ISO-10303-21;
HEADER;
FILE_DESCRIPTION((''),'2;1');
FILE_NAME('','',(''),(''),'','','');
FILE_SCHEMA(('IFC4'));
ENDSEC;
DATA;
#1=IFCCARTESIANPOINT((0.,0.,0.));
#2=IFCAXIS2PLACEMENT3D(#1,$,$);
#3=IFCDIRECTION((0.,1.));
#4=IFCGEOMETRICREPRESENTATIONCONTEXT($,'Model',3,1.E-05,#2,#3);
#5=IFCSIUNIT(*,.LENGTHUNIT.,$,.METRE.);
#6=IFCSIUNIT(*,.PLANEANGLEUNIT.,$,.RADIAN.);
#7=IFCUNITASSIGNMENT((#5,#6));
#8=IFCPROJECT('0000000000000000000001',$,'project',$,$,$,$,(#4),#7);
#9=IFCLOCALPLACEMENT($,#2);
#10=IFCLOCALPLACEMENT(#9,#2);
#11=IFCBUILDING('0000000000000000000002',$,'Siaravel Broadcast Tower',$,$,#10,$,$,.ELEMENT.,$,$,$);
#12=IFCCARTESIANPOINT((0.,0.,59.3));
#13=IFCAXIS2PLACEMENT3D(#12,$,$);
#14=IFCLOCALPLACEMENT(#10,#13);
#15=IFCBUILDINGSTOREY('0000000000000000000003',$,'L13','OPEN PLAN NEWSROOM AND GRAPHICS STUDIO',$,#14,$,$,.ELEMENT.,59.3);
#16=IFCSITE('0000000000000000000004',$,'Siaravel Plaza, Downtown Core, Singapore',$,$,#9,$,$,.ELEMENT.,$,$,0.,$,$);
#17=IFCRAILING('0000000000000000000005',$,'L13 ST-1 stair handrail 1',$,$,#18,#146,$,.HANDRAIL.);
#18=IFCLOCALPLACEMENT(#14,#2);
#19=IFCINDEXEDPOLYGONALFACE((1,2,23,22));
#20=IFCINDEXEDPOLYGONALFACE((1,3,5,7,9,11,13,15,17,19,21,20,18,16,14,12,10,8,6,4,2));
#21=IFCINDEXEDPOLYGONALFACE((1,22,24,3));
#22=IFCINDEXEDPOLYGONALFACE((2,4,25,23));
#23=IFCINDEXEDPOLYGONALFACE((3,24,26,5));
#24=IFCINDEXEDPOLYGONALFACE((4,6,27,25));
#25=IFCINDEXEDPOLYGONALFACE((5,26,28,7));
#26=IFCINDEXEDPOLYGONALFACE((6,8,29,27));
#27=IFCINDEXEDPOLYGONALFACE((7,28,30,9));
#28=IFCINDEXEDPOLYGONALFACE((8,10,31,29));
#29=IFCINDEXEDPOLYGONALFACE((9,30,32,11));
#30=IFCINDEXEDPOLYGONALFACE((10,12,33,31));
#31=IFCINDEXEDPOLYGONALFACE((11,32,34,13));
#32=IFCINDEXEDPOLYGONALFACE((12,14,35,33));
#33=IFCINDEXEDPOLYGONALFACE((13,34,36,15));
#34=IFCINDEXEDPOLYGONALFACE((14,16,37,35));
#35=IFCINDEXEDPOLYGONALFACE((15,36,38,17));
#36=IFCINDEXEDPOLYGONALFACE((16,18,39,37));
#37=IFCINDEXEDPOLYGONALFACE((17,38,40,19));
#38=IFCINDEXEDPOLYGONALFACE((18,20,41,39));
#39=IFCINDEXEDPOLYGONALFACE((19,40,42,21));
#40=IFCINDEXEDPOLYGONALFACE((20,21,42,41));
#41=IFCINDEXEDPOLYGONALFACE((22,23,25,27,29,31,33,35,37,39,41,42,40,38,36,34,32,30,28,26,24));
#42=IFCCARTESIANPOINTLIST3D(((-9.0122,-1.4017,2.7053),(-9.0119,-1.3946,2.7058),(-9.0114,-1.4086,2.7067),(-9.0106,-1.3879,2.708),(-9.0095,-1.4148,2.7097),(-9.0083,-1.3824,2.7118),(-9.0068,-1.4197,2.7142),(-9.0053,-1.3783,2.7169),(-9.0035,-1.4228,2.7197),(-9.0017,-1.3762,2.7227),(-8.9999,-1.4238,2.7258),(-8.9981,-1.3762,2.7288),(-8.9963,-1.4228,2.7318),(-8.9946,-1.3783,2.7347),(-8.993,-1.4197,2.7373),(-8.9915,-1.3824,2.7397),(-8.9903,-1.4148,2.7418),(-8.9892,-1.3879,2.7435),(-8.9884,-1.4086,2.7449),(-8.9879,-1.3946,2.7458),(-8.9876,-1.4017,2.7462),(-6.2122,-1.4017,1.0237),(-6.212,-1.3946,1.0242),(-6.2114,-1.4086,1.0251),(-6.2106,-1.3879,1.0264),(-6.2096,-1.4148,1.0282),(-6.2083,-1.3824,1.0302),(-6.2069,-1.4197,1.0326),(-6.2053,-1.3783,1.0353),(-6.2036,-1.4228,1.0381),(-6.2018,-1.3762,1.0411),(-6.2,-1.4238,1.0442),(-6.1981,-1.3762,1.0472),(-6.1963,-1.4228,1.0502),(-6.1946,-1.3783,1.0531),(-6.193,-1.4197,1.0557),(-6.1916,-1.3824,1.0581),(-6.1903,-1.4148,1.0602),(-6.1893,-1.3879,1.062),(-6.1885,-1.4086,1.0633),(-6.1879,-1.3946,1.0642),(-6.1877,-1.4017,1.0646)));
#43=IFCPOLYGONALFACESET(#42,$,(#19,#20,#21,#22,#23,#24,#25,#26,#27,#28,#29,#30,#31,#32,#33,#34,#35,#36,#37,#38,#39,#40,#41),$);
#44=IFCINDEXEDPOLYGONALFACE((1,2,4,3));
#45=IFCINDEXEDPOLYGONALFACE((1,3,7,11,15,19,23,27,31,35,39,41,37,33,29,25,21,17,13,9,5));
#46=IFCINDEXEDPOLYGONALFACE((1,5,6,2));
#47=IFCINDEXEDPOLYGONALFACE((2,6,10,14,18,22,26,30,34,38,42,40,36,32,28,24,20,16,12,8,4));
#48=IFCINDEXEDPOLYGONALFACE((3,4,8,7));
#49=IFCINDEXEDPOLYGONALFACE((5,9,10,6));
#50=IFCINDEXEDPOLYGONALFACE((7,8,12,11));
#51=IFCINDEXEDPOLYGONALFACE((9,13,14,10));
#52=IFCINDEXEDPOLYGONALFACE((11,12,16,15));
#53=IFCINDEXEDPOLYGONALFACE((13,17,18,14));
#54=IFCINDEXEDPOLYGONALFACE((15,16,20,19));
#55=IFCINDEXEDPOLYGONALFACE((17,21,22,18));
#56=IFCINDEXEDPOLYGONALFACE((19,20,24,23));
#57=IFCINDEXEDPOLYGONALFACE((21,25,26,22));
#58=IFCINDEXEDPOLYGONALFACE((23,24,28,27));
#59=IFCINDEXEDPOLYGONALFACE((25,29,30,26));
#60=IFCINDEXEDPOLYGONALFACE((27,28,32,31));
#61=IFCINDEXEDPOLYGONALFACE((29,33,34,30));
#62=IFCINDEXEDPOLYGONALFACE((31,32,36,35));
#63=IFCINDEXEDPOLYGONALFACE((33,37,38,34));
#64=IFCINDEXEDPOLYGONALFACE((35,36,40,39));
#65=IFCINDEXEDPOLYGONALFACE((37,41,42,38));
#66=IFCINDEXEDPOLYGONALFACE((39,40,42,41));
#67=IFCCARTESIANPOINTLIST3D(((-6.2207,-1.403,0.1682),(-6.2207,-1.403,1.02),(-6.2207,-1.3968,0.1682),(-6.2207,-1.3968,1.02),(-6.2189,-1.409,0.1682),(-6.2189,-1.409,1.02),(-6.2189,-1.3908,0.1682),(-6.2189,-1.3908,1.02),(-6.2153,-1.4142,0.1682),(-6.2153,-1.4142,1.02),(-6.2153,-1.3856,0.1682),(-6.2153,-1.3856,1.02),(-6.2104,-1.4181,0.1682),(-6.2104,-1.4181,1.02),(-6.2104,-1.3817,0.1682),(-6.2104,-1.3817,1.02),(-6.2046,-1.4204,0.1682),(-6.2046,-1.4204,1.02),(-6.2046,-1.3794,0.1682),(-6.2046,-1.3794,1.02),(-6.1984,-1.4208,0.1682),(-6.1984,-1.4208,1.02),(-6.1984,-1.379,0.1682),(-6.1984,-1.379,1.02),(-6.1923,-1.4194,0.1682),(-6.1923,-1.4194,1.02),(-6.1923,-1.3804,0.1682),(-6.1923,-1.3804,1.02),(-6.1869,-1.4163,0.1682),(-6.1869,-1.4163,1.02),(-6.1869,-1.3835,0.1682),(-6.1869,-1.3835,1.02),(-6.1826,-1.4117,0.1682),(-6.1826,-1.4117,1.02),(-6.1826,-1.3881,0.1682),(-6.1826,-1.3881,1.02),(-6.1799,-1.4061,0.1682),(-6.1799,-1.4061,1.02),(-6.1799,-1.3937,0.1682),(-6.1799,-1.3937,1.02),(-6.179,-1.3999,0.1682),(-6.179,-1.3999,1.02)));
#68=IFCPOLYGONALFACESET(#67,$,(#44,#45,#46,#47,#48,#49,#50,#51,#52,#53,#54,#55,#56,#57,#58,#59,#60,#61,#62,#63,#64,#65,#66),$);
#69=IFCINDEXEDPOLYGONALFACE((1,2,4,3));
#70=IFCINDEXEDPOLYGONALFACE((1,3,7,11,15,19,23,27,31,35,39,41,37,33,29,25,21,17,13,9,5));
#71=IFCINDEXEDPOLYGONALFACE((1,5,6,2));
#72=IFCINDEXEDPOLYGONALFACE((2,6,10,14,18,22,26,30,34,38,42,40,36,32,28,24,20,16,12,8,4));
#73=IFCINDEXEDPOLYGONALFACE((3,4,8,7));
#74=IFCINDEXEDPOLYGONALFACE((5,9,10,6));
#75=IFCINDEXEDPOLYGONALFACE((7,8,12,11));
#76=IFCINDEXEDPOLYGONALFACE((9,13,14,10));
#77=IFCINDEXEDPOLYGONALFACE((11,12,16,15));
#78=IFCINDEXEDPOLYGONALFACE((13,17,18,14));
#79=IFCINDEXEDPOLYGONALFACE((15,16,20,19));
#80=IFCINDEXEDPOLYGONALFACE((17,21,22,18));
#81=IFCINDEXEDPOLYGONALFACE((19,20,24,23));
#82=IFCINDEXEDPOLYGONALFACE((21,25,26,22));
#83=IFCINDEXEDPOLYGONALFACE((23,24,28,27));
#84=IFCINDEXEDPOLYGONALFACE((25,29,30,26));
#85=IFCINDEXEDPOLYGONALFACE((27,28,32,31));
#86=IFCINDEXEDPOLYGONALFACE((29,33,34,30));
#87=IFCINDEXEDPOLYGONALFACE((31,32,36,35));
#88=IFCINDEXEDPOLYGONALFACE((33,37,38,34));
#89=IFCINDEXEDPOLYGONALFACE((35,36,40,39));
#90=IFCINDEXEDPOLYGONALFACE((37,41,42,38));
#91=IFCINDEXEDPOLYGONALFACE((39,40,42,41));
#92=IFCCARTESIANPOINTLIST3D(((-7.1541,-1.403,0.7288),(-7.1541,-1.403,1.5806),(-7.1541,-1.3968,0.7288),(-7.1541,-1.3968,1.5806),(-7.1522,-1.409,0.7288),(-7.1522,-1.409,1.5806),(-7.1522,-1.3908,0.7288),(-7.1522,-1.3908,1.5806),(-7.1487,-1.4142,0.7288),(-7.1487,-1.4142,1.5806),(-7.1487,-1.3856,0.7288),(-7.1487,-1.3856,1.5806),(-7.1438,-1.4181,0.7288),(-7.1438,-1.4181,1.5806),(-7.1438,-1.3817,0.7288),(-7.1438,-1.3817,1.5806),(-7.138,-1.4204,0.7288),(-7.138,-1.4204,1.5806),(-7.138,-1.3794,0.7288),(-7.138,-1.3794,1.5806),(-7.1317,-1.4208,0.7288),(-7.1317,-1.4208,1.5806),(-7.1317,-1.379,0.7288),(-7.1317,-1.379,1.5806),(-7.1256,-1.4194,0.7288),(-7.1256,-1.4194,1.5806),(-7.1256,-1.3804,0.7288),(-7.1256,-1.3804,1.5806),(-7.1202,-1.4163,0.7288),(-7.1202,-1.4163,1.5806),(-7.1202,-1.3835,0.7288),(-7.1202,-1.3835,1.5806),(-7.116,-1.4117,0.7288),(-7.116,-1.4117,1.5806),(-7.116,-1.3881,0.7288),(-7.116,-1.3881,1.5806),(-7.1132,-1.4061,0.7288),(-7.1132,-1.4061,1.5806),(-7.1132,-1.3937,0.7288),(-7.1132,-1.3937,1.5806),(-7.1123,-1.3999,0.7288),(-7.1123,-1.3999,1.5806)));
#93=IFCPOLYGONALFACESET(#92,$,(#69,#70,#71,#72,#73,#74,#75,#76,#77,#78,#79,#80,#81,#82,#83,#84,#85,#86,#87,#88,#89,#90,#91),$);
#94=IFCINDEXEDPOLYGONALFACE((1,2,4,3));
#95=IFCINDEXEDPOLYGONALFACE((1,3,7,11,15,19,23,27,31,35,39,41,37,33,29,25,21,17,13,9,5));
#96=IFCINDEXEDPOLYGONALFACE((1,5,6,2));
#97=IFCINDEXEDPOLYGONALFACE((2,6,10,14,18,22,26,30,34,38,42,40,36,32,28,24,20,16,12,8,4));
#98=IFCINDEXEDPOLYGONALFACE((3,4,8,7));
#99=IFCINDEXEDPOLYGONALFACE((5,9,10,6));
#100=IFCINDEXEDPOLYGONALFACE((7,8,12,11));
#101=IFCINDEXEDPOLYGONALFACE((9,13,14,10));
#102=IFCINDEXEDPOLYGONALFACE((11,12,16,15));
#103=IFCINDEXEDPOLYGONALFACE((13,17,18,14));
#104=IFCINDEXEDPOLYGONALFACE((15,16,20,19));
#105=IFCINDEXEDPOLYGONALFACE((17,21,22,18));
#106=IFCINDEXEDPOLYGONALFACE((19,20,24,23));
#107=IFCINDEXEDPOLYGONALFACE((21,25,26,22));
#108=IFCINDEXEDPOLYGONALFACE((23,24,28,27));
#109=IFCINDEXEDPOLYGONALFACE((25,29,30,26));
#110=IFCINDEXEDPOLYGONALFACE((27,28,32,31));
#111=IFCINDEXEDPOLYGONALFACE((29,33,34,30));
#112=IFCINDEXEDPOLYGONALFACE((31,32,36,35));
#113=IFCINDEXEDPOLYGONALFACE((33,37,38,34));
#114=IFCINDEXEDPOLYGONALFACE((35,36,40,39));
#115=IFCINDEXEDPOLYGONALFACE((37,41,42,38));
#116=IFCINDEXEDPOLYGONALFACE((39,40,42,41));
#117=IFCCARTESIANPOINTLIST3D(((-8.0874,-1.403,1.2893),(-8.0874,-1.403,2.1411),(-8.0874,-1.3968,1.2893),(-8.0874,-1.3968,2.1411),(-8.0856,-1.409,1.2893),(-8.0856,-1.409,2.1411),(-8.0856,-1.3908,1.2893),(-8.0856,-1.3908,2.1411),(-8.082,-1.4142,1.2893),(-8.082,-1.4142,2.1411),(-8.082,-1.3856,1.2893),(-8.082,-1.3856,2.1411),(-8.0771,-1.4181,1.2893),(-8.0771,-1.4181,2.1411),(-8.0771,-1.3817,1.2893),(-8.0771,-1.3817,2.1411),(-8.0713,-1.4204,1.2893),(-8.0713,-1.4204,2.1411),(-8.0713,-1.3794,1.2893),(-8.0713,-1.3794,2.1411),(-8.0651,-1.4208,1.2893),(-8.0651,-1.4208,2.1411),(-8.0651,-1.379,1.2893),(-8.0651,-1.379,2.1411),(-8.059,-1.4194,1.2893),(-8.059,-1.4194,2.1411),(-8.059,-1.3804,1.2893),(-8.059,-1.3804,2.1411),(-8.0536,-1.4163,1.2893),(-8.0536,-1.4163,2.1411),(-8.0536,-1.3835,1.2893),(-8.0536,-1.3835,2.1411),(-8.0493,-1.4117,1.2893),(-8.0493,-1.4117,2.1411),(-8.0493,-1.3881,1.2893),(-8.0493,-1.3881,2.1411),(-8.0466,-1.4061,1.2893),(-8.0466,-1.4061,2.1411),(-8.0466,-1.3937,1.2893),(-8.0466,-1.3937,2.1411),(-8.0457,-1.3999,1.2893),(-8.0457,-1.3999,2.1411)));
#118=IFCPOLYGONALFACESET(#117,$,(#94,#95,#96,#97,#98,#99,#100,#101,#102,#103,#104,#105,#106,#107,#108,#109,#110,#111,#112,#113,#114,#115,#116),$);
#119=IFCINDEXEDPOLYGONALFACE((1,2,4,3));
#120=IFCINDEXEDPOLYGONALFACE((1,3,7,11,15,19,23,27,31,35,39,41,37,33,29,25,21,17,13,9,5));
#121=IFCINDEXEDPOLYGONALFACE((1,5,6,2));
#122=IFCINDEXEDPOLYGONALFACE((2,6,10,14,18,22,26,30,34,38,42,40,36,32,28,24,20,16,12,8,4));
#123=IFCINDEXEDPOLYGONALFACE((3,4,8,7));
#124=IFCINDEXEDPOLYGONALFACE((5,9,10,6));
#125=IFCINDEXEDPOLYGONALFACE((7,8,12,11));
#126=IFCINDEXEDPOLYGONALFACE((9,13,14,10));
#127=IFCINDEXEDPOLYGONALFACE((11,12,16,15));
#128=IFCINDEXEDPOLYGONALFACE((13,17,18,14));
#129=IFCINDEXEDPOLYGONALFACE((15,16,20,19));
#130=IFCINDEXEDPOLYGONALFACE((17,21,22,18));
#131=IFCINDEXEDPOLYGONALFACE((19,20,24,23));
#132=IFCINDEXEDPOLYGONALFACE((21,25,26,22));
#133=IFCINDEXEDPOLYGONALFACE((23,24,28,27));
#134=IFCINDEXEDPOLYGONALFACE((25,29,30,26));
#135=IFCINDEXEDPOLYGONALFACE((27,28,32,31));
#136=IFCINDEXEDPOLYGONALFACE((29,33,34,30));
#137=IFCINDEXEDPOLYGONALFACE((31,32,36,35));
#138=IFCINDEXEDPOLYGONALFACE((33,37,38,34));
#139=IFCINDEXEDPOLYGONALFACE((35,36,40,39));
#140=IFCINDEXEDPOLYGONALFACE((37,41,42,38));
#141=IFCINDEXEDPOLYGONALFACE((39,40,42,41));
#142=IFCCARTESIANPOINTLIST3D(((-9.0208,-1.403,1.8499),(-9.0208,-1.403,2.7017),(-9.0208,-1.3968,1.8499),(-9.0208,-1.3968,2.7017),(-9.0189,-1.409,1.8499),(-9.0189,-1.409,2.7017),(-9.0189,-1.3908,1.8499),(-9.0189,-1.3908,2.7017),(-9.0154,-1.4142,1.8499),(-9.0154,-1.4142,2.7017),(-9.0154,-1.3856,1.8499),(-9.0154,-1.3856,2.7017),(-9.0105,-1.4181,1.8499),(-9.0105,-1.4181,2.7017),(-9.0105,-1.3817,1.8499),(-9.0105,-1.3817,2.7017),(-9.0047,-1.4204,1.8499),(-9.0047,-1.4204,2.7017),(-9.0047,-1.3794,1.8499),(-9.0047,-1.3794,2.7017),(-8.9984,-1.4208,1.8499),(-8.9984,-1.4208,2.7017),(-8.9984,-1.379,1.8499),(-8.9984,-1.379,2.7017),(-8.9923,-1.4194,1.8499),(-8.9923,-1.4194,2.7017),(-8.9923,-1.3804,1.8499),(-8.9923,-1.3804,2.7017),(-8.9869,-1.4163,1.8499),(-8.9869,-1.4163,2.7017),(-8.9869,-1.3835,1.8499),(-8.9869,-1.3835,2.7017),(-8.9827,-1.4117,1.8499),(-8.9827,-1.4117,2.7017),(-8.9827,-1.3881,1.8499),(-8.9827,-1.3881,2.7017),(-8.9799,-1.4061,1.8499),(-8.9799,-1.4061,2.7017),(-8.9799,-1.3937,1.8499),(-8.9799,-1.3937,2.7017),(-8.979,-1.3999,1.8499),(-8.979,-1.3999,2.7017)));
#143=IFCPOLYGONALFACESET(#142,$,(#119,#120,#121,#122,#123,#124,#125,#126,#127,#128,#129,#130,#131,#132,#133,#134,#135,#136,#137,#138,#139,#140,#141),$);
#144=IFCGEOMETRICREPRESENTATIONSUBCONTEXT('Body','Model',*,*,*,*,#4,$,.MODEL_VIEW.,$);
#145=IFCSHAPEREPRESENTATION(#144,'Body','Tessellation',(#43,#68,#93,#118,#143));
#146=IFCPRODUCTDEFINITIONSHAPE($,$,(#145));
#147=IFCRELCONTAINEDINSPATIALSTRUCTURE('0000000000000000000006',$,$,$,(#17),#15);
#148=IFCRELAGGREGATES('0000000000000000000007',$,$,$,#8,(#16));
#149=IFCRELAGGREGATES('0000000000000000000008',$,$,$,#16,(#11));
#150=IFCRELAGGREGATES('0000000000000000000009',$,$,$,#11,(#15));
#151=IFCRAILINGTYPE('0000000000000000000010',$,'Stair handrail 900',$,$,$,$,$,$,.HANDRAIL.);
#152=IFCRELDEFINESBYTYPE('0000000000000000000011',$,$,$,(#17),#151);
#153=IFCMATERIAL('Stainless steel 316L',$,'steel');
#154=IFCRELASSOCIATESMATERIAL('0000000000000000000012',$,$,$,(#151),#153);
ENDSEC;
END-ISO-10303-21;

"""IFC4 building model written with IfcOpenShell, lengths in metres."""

from ifc_helpers import new_model, si_unit, direction, frame, origin, origin_2d, place, context, subcontext, project, spatial, circle, extrude, material, type_object, element, save


model = new_model("IFC4")

# Units and contexts
model_context = context("Model", 3, precision=1e-05, world=origin(), true_north=direction((0.0, 1.0)))
body_context = subcontext(model_context, "Body", "Model", "MODEL_VIEW")
ifc_project = project(units=[si_unit("LENGTHUNIT", "METRE"), si_unit("PLANEANGLEUNIT", "RADIAN")], contexts=[model_context])

# Site, building, storey
site_placement = place(None, origin())
site = spatial("IfcSite", under=ifc_project, at=site_placement, Name="Siaravel Plaza, Downtown Core, Singapore", CompositionType="ELEMENT", RefElevation=0.0)
building_placement = place(site_placement, origin())
building = spatial("IfcBuilding", under=site, at=building_placement, Name="Siaravel Broadcast Tower", CompositionType="ELEMENT")
storey_placement = place(building_placement, frame((0.0, 0.0, 59.3)))
storey = spatial("IfcBuildingStorey", under=building, at=storey_placement, Name="L13", Description="OPEN PLAN NEWSROOM AND GRAPHICS STUDIO", CompositionType="ELEMENT", Elevation=59.3)

# Shared definitions
ifc_material_1 = material(Name="Stainless steel 316L", Category="steel")

# Railing
railing_type_1 = type_object("IfcRailingType", Name="Stair handrail 900", PredefinedType="HANDRAIL", material=ifc_material_1)
railing_1_placement = place(storey_placement, frame((-6.2, -1.3999, 0.1682)))
element("IfcRailing", 1, at=railing_1_placement, inside=storey, type_object=railing_type_1, Name="L13 ST-1 stair handrail 1", PredefinedType="HANDRAIL", context=body_context, shape_type="SweptSolid", body=[
    extrude(circle(Radius=0.0239, at=origin_2d()), frame((0.0, 0.0, 0.876), z_axis=(-0.857275, 0.0, 0.514858), x_axis=(0.0, -1.0, 0.0)), (0.0, 0.0, 1.0), 3.2661),
    extrude(circle(Radius=0.021, at=origin_2d()), origin(), (0.0, 0.0, 1.0), 0.8518),
    extrude(circle(Radius=0.021, at=origin_2d()), frame((-0.9333, 0.0, 0.5605)), (0.0, 0.0, 1.0), 0.8518),
    extrude(circle(Radius=0.021, at=origin_2d()), frame((-1.8667, 0.0, 1.1211)), (0.0, 0.0, 1.0), 0.8518),
    extrude(circle(Radius=0.021, at=origin_2d()), frame((-2.8, 0.0, 1.6816)), (0.0, 0.0, 1.0), 0.8518),
])

save(model, "model.ifc")
